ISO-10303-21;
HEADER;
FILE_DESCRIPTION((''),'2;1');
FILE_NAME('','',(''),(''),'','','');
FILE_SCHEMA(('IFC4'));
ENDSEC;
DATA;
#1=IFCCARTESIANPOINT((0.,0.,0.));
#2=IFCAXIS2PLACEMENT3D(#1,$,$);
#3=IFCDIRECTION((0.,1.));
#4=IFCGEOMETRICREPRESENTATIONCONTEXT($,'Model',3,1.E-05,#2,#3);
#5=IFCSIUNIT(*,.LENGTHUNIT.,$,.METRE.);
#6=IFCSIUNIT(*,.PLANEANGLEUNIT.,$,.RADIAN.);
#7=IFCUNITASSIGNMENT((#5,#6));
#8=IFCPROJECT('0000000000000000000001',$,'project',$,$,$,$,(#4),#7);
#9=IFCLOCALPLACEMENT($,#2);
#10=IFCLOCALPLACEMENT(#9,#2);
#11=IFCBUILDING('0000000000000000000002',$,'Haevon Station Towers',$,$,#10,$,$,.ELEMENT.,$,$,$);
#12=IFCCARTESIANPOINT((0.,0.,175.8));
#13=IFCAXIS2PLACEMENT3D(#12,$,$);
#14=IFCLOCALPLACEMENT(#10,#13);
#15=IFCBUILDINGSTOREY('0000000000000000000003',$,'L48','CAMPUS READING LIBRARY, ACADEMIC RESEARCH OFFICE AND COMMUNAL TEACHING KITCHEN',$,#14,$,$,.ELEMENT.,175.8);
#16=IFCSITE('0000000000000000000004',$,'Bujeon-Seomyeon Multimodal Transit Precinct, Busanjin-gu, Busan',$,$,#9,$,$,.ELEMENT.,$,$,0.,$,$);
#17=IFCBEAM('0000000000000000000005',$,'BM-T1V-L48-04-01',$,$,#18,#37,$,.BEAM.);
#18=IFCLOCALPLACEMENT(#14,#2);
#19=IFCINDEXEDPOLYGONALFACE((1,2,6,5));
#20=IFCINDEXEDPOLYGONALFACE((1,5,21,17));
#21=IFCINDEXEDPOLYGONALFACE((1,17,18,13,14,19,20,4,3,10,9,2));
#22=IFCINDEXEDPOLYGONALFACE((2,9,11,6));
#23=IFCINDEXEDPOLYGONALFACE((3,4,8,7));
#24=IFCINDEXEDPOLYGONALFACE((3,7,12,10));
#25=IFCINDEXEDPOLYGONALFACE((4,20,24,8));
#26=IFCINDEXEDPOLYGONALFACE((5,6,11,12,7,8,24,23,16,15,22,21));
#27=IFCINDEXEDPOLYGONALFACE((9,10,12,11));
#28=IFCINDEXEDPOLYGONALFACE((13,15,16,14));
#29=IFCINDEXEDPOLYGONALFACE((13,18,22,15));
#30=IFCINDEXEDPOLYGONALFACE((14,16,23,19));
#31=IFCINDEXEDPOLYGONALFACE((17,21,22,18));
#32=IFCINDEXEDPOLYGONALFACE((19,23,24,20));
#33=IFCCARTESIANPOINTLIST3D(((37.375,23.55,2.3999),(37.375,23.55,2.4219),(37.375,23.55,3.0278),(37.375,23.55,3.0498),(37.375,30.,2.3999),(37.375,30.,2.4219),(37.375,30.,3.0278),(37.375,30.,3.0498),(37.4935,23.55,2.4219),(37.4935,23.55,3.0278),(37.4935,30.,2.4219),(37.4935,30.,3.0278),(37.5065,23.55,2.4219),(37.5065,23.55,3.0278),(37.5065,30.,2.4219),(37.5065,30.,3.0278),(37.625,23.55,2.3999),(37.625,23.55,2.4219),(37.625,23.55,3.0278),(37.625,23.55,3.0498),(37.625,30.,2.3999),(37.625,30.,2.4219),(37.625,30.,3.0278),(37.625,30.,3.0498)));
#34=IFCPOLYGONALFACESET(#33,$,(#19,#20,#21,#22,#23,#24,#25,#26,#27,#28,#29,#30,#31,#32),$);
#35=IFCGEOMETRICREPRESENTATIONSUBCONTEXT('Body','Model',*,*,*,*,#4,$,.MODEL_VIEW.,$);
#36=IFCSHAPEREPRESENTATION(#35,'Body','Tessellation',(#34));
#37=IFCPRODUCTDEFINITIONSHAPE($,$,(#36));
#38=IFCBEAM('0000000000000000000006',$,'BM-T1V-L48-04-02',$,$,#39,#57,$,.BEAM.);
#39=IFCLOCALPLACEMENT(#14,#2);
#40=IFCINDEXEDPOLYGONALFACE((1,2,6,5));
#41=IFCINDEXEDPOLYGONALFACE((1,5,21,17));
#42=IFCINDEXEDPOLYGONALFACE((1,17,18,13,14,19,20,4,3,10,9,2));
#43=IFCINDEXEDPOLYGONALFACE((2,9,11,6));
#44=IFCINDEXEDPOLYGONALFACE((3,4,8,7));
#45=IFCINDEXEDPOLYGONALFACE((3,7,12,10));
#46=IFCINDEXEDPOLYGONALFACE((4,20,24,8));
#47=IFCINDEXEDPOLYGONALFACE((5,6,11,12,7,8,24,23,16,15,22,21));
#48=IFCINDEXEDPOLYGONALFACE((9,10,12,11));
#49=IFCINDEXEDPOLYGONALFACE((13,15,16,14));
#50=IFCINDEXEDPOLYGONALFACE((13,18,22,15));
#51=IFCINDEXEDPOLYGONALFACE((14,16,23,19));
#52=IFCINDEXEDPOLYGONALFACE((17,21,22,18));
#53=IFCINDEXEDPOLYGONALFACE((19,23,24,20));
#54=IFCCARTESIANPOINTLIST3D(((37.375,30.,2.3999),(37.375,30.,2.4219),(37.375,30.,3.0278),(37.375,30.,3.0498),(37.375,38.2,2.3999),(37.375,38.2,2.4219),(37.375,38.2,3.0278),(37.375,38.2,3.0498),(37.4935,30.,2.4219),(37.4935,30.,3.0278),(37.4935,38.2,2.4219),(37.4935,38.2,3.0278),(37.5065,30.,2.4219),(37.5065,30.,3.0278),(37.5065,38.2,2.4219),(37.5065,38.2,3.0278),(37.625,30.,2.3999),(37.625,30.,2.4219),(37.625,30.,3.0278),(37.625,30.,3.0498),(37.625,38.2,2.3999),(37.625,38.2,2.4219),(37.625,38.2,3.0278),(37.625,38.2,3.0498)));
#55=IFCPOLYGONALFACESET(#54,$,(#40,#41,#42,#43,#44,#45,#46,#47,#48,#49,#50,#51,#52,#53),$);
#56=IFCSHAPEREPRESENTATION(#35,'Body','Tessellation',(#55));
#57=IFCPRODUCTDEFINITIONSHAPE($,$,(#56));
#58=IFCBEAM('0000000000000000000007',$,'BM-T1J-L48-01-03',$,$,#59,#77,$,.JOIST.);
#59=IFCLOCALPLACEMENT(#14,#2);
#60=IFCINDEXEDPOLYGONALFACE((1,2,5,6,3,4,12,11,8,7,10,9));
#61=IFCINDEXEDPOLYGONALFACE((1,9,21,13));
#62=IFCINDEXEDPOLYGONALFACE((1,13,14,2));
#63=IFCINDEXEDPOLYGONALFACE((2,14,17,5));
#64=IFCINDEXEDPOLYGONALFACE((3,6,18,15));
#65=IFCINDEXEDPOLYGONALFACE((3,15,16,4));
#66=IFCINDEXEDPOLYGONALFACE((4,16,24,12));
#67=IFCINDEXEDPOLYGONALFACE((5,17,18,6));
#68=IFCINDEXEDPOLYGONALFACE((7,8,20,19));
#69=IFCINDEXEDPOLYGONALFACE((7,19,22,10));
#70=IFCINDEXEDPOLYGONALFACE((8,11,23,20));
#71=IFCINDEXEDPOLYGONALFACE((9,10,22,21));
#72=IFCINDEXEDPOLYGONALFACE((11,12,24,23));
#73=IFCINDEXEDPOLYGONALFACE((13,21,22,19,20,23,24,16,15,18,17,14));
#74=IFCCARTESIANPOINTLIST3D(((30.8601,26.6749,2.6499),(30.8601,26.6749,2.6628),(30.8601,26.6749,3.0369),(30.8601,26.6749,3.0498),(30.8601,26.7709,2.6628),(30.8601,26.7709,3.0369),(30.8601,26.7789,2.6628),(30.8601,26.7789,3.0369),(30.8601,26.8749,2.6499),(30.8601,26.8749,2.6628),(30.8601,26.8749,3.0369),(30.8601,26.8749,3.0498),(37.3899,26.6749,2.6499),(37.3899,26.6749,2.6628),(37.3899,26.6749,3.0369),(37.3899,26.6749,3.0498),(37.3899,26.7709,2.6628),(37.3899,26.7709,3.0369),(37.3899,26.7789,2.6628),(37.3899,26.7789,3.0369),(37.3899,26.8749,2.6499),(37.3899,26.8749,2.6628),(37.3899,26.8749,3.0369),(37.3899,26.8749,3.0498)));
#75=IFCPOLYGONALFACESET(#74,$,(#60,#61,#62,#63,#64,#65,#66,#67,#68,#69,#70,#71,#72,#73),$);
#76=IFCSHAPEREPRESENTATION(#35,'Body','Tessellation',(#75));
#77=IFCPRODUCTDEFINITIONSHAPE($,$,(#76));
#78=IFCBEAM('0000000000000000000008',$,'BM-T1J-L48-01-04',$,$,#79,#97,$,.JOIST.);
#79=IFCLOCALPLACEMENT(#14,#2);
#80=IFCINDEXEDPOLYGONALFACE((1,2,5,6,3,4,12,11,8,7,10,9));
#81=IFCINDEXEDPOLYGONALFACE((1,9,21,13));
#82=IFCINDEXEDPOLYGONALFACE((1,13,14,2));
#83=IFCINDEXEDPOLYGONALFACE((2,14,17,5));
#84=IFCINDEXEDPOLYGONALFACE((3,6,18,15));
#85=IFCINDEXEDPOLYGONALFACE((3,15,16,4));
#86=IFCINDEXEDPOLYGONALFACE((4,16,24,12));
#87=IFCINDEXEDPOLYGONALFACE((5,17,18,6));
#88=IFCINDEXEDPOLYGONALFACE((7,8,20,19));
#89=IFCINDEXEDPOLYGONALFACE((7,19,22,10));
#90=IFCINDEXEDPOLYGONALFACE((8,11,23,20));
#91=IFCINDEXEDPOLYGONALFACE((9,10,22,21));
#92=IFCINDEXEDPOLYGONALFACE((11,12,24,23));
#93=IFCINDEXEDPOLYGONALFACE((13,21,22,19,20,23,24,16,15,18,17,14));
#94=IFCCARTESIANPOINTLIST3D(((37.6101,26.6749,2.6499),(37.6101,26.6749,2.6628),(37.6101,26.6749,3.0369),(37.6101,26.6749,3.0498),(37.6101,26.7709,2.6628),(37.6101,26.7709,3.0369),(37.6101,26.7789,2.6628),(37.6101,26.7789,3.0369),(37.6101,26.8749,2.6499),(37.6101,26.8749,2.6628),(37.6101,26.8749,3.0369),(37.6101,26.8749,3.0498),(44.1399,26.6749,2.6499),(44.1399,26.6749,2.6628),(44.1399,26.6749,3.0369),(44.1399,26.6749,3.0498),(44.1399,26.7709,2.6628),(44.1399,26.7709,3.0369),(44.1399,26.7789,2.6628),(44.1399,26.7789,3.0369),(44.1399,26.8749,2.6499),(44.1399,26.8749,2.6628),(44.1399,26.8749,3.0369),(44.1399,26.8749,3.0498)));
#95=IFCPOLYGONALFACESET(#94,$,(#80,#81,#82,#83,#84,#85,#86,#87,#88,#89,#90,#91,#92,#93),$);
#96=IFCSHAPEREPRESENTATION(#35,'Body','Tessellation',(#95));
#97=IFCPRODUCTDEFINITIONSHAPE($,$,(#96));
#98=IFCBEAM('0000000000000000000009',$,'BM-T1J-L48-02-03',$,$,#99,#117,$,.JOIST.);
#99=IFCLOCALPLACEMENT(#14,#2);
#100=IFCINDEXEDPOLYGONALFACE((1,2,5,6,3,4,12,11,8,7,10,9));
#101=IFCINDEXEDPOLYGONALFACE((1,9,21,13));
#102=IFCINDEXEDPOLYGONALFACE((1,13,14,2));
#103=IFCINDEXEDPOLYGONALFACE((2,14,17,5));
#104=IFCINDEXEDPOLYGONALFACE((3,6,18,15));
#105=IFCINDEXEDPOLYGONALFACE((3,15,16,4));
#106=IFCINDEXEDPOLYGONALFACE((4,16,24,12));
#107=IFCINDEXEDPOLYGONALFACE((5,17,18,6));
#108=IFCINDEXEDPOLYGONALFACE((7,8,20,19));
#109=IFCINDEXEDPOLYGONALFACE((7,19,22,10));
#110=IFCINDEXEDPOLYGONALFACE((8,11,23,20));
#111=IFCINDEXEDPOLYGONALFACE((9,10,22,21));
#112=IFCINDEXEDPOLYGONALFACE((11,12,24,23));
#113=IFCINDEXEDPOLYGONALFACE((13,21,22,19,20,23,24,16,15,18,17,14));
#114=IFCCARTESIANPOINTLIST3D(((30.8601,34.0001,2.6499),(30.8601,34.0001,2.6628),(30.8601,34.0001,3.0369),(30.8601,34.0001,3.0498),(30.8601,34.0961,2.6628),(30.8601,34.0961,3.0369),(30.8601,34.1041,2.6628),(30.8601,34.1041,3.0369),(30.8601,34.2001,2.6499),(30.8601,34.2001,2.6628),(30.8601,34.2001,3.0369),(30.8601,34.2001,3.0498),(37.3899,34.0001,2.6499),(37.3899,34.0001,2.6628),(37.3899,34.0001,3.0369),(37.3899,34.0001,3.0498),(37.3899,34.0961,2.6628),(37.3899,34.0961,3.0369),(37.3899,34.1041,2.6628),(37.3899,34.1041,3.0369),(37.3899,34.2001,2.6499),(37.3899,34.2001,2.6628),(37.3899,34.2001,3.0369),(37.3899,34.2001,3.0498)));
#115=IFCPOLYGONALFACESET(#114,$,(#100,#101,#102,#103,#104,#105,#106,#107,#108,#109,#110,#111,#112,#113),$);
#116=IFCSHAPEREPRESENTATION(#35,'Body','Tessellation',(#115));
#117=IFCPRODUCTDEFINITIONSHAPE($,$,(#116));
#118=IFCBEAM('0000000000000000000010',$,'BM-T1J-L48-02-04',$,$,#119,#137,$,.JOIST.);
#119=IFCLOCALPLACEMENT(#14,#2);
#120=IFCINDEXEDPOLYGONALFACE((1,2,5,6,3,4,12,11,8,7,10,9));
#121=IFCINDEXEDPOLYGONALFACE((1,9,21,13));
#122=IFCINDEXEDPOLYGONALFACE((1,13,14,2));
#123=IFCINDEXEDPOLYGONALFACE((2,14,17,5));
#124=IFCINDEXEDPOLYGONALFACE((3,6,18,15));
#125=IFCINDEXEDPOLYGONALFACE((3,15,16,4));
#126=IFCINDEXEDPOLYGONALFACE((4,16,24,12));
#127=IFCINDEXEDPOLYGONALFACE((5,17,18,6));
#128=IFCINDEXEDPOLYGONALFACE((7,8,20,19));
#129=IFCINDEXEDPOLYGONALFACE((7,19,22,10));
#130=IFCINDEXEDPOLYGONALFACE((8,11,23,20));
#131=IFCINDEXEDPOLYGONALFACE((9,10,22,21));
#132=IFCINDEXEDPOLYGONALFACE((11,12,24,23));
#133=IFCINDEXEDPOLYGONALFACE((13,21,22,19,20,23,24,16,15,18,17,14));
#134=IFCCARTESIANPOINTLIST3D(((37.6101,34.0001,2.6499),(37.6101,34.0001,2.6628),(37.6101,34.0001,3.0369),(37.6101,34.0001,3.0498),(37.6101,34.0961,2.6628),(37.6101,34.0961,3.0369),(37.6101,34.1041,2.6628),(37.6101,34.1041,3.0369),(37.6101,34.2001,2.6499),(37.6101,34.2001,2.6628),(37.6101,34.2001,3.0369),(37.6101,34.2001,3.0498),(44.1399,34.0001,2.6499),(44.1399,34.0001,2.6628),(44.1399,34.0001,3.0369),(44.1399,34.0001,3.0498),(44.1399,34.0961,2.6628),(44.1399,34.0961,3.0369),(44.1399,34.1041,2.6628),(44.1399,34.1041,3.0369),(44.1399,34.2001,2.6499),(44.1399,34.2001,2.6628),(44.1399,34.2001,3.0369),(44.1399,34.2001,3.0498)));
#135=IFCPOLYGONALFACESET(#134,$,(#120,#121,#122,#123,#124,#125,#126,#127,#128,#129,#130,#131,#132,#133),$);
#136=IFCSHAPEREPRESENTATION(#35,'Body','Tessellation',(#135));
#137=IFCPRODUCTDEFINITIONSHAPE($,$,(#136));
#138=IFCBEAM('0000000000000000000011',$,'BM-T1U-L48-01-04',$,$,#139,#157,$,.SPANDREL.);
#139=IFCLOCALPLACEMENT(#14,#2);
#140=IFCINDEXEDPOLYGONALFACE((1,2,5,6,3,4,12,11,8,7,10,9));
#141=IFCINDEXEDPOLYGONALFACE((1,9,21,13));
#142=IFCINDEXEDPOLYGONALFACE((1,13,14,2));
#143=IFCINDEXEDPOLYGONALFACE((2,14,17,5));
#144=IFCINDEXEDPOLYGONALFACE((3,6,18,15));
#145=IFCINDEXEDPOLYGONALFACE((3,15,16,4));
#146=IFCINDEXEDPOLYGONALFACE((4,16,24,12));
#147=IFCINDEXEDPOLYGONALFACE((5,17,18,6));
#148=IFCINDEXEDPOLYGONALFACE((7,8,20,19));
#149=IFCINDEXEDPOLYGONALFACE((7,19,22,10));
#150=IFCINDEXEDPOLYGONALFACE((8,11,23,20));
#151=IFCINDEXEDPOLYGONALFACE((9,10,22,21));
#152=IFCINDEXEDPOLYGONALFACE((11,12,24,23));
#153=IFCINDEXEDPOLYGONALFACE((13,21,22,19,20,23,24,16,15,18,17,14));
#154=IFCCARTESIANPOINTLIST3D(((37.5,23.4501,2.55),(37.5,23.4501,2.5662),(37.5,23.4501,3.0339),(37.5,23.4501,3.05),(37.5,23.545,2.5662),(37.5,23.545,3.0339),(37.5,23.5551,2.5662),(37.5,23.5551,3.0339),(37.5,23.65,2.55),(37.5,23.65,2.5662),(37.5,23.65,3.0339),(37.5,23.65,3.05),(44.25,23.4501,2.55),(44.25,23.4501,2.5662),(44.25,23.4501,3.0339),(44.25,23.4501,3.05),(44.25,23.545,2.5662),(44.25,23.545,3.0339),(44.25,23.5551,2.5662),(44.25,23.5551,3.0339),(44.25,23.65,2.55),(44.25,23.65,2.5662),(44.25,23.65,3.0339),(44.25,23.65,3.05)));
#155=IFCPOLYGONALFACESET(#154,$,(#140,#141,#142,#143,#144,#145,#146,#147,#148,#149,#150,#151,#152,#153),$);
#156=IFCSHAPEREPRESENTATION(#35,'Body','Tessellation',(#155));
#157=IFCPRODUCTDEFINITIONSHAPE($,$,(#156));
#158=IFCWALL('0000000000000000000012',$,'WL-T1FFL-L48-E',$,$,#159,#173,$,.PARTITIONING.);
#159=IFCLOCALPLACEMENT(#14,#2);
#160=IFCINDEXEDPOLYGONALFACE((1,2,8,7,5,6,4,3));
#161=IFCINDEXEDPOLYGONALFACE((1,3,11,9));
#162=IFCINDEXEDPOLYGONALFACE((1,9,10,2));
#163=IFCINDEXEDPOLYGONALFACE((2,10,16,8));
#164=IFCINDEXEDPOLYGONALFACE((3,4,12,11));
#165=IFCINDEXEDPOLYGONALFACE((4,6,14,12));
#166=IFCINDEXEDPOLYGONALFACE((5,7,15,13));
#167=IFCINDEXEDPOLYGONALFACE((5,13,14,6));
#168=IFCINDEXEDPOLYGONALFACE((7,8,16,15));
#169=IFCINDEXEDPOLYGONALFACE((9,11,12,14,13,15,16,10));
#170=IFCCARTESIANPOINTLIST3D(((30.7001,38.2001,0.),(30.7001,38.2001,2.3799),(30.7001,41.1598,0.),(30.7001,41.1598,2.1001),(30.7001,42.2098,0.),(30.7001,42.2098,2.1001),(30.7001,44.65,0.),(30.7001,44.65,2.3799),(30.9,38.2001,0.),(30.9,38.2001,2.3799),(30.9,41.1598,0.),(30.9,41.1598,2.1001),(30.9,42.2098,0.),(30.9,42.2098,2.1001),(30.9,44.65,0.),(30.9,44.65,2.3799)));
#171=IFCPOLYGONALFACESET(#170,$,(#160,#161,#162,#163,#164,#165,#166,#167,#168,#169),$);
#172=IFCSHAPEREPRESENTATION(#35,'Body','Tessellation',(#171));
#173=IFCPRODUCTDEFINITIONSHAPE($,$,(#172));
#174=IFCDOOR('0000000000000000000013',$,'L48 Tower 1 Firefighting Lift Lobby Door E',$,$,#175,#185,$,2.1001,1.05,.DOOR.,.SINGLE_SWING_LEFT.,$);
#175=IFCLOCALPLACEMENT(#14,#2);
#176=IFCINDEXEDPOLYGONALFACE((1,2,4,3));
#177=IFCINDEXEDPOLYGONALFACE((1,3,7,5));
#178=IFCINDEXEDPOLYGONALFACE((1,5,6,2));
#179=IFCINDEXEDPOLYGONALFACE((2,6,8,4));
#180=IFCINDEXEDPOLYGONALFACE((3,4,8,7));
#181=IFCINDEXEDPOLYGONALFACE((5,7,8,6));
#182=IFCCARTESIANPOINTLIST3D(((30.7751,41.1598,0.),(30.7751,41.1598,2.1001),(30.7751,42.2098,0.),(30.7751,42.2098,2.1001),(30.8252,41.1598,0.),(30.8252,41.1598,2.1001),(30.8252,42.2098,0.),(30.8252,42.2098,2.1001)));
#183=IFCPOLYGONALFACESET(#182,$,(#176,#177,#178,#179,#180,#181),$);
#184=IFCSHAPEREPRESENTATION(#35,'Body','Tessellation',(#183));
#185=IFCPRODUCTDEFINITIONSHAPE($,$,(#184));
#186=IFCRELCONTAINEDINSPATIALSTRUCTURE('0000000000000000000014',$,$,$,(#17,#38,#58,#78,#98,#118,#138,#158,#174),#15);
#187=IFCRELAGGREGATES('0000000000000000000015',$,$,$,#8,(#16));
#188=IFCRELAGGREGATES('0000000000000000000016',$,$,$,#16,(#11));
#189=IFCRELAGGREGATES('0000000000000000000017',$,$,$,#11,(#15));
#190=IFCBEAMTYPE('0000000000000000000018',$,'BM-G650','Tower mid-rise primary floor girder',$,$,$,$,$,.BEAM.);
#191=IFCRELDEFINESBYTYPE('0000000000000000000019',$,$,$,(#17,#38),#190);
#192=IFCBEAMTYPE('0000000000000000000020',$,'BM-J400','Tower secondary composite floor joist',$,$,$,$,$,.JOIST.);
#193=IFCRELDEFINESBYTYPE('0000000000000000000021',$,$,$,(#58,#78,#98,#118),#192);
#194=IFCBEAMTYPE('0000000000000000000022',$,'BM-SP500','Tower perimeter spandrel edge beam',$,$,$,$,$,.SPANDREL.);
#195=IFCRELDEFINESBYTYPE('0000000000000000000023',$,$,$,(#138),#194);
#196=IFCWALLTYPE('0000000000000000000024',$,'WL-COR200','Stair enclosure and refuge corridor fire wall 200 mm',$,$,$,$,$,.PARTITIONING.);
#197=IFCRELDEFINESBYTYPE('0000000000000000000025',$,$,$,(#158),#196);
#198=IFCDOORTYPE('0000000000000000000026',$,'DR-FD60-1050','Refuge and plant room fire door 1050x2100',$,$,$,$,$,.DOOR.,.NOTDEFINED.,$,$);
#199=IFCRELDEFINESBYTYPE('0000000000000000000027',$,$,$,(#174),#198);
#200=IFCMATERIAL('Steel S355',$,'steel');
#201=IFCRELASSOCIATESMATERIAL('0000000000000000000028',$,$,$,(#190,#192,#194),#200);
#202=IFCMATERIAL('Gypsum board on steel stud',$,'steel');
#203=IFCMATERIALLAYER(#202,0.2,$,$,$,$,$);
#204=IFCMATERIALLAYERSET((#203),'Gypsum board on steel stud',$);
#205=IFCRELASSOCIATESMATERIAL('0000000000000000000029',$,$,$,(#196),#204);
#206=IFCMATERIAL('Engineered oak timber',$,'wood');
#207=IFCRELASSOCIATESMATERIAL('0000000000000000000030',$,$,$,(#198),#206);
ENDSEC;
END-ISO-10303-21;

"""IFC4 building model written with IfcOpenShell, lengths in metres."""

from ifc_helpers import new_model, si_unit, direction, frame, frame_2d, origin, origin_2d, place, context, subcontext, project, spatial, rectangle, i_section, extrude, material, layer, layer_set, material_profile, profile_set, type_object, element, fill, save


model = new_model("IFC4")

# Units and contexts
model_context = context("Model", 3, precision=1e-05, world=origin(), true_north=direction((0.0, 1.0)))
body_context = subcontext(model_context, "Body", "Model", "MODEL_VIEW")
ifc_project = project(units=[si_unit("LENGTHUNIT", "METRE"), si_unit("PLANEANGLEUNIT", "RADIAN")], contexts=[model_context])

# Site, building, storey
site_placement = place(None, origin())
site = spatial("IfcSite", under=ifc_project, at=site_placement, Name="Bujeon-Seomyeon Multimodal Transit Precinct, Busanjin-gu, Busan", CompositionType="ELEMENT", RefElevation=0.0)
building_placement = place(site_placement, origin())
building = spatial("IfcBuilding", under=site, at=building_placement, Name="Haevon Station Towers", CompositionType="ELEMENT")
storey_placement = place(building_placement, frame((0.0, 0.0, 175.8)))
storey = spatial("IfcBuildingStorey", under=building, at=storey_placement, Name="L48", Description="CAMPUS READING LIBRARY, ACADEMIC RESEARCH OFFICE AND COMMUNAL TEACHING KITCHEN", CompositionType="ELEMENT", Elevation=175.8)

# Shared definitions
ifc_material_1 = material(Name="Steel S355", Category="steel")

# Beams
ifc_material_profile_1 = material_profile(ifc_material_1, i_section(OverallWidth=0.25, OverallDepth=0.6499, WebThickness=0.0129, FlangeThickness=0.022, at=origin_2d()), Name="H-650x250x13x22")
ifc_profile_set_1 = profile_set([ifc_material_profile_1], Name="Steel S355")
beam_type_1 = type_object("IfcBeamType", Name="BM-G650", Description="Tower mid-rise primary floor girder", PredefinedType="BEAM", material=ifc_profile_set_1)
beam_1_placement = place(storey_placement, frame((37.5, 23.55, 2.7249), z_axis=(0.0, 1.0, 0.0), x_axis=(-1.0, 0.0, 0.0)))
element("IfcBeam", 1, at=beam_1_placement, inside=storey, type_object=beam_type_1, Name="BM-T1V-L48-04-01", PredefinedType="BEAM", context=body_context, shape_type="SweptSolid", body=[
    extrude(i_section(OverallWidth=0.25, OverallDepth=0.6499, WebThickness=0.0129, FlangeThickness=0.022, at=origin_2d()), origin(), (0.0, 0.0, 1.0), 6.45),
])
beam_2_placement = place(storey_placement, frame((37.5, 30.0, 2.7249), z_axis=(0.0, 1.0, 0.0), x_axis=(-1.0, 0.0, 0.0)))
element("IfcBeam", 2, at=beam_2_placement, inside=storey, type_object=beam_type_1, Name="BM-T1V-L48-04-02", PredefinedType="BEAM", context=body_context, shape_type="SweptSolid", body=[
    extrude(i_section(OverallWidth=0.25, OverallDepth=0.6499, WebThickness=0.0129, FlangeThickness=0.022, at=origin_2d()), origin(), (0.0, 0.0, 1.0), 8.2),
])
ifc_material_profile_2 = material_profile(ifc_material_1, i_section(OverallWidth=0.2, OverallDepth=0.3999, WebThickness=0.0081, FlangeThickness=0.0129, at=origin_2d()), Name="H-400x200x8x13")
ifc_profile_set_2 = profile_set([ifc_material_profile_2], Name="Steel S355")
beam_type_2 = type_object("IfcBeamType", Name="BM-J400", Description="Tower secondary composite floor joist", PredefinedType="JOIST", material=ifc_profile_set_2)
for number, where, z_axis, x_axis, name in (
    (3, (30.8601, 26.7749, 2.8499), (1.0, 0.0, 0.0), (0.0, 1.0, 0.0), "BM-T1J-L48-01-03"),
    (4, (37.6101, 26.7749, 2.8499), (1.0, 0.0, 0.0), (0.0, 1.0, 0.0), "BM-T1J-L48-01-04"),
    (5, (30.8601, 34.1001, 2.8499), (1.0, 0.0, 0.0), (0.0, 1.0, 0.0), "BM-T1J-L48-02-03"),
    (6, (37.6101, 34.1001, 2.8499), (1.0, 0.0, 0.0), (0.0, 1.0, 0.0), "BM-T1J-L48-02-04"),
):
    element("IfcBeam", number, at=place(storey_placement, frame(where, z_axis=z_axis, x_axis=x_axis)), inside=storey, type_object=beam_type_2, Name=name, PredefinedType="JOIST", context=body_context, shape_type="SweptSolid", body=[
        extrude(i_section(OverallWidth=0.2, OverallDepth=0.3999, WebThickness=0.0081, FlangeThickness=0.0129, at=origin_2d()), origin(), (0.0, 0.0, 1.0), 6.5298),
    ])
ifc_material_profile_3 = material_profile(ifc_material_1, i_section(OverallWidth=0.2, OverallDepth=0.5, WebThickness=0.01, FlangeThickness=0.0161, at=origin_2d()), Name="H-500x200x10x16")
ifc_profile_set_3 = profile_set([ifc_material_profile_3], Name="Steel S355")
beam_type_3 = type_object("IfcBeamType", Name="BM-SP500", Description="Tower perimeter spandrel edge beam", PredefinedType="SPANDREL", material=ifc_profile_set_3)
beam_3_placement = place(storey_placement, frame((37.5, 23.55, 2.8), z_axis=(1.0, 0.0, 0.0), x_axis=(0.0, 1.0, 0.0)))
element("IfcBeam", 7, at=beam_3_placement, inside=storey, type_object=beam_type_3, Name="BM-T1U-L48-01-04", PredefinedType="SPANDREL", context=body_context, shape_type="SweptSolid", body=[
    extrude(i_section(OverallWidth=0.2, OverallDepth=0.5, WebThickness=0.01, FlangeThickness=0.0161, at=origin_2d()), origin(), (0.0, 0.0, 1.0), 6.75),
])

# Wall, opening, door
ifc_material_2 = material(Name="Gypsum board on steel stud", Category="steel")
ifc_layer_1 = layer(ifc_material_2, 0.2)
ifc_layer_set_1 = layer_set([ifc_layer_1], Name="Gypsum board on steel stud")
wall_type_1 = type_object("IfcWallType", Name="WL-COR200", Description="Stair enclosure and refuge corridor fire wall 200 mm", PredefinedType="PARTITIONING", material=ifc_layer_set_1)
wall_1_placement = place(storey_placement, frame((30.8, 38.2, 0.0), z_axis=(0.0, 0.0, 1.0), x_axis=(0.0, 1.0, 0.0)))
wall_1 = element("IfcWall", 8, at=wall_1_placement, inside=storey, type_object=wall_type_1, Name="WL-T1FFL-L48-E", PredefinedType="PARTITIONING", context=body_context, shape_type="SweptSolid", body=[
    extrude(rectangle(XDim=6.45, YDim=0.2, at=frame_2d((3.2251, 0.0))), origin(), (0.0, 0.0, 1.0), 2.3799),
])
opening_1_placement = place(wall_1_placement, frame((2.96, 0.0, 0.0)))
opening_1 = element("IfcOpeningElement", 9, at=opening_1_placement, cuts=wall_1, PredefinedType="OPENING", context=body_context, shape_type="SweptSolid", body=[
    extrude(rectangle(XDim=1.05, YDim=2.1001, at=frame_2d((0.5249, 1.05))), frame((0.0, 0.1099, 0.0), z_axis=(0.0, -1.0, 0.0), x_axis=(1.0, 0.0, 0.0)), (0.0, 0.0, 1.0), 0.22),
])
ifc_material_3 = material(Name="Engineered oak timber", Category="wood")
door_type_1 = type_object("IfcDoorType", Name="DR-FD60-1050", Description="Refuge and plant room fire door 1050x2100", OperationType="NOTDEFINED", PredefinedType="DOOR", material=ifc_material_3)
door_1_placement = place(opening_1_placement, origin())
door_1 = element("IfcDoor", 10, at=door_1_placement, inside=storey, type_object=door_type_1, Name="L48 Tower 1 Firefighting Lift Lobby Door E", OperationType="SINGLE_SWING_LEFT", OverallHeight=2.1001, OverallWidth=1.05, PredefinedType="DOOR", context=body_context, shape_type="SweptSolid", body=[
    extrude(rectangle(XDim=1.05, YDim=2.1001, at=frame_2d((0.5249, 1.05))), frame((0.0, 0.0249, 0.0), z_axis=(0.0, -1.0, 0.0), x_axis=(1.0, 0.0, 0.0)), (0.0, 0.0, 1.0), 0.05),
])
fill(opening_1, door_1)

save(model, "model.ifc")
